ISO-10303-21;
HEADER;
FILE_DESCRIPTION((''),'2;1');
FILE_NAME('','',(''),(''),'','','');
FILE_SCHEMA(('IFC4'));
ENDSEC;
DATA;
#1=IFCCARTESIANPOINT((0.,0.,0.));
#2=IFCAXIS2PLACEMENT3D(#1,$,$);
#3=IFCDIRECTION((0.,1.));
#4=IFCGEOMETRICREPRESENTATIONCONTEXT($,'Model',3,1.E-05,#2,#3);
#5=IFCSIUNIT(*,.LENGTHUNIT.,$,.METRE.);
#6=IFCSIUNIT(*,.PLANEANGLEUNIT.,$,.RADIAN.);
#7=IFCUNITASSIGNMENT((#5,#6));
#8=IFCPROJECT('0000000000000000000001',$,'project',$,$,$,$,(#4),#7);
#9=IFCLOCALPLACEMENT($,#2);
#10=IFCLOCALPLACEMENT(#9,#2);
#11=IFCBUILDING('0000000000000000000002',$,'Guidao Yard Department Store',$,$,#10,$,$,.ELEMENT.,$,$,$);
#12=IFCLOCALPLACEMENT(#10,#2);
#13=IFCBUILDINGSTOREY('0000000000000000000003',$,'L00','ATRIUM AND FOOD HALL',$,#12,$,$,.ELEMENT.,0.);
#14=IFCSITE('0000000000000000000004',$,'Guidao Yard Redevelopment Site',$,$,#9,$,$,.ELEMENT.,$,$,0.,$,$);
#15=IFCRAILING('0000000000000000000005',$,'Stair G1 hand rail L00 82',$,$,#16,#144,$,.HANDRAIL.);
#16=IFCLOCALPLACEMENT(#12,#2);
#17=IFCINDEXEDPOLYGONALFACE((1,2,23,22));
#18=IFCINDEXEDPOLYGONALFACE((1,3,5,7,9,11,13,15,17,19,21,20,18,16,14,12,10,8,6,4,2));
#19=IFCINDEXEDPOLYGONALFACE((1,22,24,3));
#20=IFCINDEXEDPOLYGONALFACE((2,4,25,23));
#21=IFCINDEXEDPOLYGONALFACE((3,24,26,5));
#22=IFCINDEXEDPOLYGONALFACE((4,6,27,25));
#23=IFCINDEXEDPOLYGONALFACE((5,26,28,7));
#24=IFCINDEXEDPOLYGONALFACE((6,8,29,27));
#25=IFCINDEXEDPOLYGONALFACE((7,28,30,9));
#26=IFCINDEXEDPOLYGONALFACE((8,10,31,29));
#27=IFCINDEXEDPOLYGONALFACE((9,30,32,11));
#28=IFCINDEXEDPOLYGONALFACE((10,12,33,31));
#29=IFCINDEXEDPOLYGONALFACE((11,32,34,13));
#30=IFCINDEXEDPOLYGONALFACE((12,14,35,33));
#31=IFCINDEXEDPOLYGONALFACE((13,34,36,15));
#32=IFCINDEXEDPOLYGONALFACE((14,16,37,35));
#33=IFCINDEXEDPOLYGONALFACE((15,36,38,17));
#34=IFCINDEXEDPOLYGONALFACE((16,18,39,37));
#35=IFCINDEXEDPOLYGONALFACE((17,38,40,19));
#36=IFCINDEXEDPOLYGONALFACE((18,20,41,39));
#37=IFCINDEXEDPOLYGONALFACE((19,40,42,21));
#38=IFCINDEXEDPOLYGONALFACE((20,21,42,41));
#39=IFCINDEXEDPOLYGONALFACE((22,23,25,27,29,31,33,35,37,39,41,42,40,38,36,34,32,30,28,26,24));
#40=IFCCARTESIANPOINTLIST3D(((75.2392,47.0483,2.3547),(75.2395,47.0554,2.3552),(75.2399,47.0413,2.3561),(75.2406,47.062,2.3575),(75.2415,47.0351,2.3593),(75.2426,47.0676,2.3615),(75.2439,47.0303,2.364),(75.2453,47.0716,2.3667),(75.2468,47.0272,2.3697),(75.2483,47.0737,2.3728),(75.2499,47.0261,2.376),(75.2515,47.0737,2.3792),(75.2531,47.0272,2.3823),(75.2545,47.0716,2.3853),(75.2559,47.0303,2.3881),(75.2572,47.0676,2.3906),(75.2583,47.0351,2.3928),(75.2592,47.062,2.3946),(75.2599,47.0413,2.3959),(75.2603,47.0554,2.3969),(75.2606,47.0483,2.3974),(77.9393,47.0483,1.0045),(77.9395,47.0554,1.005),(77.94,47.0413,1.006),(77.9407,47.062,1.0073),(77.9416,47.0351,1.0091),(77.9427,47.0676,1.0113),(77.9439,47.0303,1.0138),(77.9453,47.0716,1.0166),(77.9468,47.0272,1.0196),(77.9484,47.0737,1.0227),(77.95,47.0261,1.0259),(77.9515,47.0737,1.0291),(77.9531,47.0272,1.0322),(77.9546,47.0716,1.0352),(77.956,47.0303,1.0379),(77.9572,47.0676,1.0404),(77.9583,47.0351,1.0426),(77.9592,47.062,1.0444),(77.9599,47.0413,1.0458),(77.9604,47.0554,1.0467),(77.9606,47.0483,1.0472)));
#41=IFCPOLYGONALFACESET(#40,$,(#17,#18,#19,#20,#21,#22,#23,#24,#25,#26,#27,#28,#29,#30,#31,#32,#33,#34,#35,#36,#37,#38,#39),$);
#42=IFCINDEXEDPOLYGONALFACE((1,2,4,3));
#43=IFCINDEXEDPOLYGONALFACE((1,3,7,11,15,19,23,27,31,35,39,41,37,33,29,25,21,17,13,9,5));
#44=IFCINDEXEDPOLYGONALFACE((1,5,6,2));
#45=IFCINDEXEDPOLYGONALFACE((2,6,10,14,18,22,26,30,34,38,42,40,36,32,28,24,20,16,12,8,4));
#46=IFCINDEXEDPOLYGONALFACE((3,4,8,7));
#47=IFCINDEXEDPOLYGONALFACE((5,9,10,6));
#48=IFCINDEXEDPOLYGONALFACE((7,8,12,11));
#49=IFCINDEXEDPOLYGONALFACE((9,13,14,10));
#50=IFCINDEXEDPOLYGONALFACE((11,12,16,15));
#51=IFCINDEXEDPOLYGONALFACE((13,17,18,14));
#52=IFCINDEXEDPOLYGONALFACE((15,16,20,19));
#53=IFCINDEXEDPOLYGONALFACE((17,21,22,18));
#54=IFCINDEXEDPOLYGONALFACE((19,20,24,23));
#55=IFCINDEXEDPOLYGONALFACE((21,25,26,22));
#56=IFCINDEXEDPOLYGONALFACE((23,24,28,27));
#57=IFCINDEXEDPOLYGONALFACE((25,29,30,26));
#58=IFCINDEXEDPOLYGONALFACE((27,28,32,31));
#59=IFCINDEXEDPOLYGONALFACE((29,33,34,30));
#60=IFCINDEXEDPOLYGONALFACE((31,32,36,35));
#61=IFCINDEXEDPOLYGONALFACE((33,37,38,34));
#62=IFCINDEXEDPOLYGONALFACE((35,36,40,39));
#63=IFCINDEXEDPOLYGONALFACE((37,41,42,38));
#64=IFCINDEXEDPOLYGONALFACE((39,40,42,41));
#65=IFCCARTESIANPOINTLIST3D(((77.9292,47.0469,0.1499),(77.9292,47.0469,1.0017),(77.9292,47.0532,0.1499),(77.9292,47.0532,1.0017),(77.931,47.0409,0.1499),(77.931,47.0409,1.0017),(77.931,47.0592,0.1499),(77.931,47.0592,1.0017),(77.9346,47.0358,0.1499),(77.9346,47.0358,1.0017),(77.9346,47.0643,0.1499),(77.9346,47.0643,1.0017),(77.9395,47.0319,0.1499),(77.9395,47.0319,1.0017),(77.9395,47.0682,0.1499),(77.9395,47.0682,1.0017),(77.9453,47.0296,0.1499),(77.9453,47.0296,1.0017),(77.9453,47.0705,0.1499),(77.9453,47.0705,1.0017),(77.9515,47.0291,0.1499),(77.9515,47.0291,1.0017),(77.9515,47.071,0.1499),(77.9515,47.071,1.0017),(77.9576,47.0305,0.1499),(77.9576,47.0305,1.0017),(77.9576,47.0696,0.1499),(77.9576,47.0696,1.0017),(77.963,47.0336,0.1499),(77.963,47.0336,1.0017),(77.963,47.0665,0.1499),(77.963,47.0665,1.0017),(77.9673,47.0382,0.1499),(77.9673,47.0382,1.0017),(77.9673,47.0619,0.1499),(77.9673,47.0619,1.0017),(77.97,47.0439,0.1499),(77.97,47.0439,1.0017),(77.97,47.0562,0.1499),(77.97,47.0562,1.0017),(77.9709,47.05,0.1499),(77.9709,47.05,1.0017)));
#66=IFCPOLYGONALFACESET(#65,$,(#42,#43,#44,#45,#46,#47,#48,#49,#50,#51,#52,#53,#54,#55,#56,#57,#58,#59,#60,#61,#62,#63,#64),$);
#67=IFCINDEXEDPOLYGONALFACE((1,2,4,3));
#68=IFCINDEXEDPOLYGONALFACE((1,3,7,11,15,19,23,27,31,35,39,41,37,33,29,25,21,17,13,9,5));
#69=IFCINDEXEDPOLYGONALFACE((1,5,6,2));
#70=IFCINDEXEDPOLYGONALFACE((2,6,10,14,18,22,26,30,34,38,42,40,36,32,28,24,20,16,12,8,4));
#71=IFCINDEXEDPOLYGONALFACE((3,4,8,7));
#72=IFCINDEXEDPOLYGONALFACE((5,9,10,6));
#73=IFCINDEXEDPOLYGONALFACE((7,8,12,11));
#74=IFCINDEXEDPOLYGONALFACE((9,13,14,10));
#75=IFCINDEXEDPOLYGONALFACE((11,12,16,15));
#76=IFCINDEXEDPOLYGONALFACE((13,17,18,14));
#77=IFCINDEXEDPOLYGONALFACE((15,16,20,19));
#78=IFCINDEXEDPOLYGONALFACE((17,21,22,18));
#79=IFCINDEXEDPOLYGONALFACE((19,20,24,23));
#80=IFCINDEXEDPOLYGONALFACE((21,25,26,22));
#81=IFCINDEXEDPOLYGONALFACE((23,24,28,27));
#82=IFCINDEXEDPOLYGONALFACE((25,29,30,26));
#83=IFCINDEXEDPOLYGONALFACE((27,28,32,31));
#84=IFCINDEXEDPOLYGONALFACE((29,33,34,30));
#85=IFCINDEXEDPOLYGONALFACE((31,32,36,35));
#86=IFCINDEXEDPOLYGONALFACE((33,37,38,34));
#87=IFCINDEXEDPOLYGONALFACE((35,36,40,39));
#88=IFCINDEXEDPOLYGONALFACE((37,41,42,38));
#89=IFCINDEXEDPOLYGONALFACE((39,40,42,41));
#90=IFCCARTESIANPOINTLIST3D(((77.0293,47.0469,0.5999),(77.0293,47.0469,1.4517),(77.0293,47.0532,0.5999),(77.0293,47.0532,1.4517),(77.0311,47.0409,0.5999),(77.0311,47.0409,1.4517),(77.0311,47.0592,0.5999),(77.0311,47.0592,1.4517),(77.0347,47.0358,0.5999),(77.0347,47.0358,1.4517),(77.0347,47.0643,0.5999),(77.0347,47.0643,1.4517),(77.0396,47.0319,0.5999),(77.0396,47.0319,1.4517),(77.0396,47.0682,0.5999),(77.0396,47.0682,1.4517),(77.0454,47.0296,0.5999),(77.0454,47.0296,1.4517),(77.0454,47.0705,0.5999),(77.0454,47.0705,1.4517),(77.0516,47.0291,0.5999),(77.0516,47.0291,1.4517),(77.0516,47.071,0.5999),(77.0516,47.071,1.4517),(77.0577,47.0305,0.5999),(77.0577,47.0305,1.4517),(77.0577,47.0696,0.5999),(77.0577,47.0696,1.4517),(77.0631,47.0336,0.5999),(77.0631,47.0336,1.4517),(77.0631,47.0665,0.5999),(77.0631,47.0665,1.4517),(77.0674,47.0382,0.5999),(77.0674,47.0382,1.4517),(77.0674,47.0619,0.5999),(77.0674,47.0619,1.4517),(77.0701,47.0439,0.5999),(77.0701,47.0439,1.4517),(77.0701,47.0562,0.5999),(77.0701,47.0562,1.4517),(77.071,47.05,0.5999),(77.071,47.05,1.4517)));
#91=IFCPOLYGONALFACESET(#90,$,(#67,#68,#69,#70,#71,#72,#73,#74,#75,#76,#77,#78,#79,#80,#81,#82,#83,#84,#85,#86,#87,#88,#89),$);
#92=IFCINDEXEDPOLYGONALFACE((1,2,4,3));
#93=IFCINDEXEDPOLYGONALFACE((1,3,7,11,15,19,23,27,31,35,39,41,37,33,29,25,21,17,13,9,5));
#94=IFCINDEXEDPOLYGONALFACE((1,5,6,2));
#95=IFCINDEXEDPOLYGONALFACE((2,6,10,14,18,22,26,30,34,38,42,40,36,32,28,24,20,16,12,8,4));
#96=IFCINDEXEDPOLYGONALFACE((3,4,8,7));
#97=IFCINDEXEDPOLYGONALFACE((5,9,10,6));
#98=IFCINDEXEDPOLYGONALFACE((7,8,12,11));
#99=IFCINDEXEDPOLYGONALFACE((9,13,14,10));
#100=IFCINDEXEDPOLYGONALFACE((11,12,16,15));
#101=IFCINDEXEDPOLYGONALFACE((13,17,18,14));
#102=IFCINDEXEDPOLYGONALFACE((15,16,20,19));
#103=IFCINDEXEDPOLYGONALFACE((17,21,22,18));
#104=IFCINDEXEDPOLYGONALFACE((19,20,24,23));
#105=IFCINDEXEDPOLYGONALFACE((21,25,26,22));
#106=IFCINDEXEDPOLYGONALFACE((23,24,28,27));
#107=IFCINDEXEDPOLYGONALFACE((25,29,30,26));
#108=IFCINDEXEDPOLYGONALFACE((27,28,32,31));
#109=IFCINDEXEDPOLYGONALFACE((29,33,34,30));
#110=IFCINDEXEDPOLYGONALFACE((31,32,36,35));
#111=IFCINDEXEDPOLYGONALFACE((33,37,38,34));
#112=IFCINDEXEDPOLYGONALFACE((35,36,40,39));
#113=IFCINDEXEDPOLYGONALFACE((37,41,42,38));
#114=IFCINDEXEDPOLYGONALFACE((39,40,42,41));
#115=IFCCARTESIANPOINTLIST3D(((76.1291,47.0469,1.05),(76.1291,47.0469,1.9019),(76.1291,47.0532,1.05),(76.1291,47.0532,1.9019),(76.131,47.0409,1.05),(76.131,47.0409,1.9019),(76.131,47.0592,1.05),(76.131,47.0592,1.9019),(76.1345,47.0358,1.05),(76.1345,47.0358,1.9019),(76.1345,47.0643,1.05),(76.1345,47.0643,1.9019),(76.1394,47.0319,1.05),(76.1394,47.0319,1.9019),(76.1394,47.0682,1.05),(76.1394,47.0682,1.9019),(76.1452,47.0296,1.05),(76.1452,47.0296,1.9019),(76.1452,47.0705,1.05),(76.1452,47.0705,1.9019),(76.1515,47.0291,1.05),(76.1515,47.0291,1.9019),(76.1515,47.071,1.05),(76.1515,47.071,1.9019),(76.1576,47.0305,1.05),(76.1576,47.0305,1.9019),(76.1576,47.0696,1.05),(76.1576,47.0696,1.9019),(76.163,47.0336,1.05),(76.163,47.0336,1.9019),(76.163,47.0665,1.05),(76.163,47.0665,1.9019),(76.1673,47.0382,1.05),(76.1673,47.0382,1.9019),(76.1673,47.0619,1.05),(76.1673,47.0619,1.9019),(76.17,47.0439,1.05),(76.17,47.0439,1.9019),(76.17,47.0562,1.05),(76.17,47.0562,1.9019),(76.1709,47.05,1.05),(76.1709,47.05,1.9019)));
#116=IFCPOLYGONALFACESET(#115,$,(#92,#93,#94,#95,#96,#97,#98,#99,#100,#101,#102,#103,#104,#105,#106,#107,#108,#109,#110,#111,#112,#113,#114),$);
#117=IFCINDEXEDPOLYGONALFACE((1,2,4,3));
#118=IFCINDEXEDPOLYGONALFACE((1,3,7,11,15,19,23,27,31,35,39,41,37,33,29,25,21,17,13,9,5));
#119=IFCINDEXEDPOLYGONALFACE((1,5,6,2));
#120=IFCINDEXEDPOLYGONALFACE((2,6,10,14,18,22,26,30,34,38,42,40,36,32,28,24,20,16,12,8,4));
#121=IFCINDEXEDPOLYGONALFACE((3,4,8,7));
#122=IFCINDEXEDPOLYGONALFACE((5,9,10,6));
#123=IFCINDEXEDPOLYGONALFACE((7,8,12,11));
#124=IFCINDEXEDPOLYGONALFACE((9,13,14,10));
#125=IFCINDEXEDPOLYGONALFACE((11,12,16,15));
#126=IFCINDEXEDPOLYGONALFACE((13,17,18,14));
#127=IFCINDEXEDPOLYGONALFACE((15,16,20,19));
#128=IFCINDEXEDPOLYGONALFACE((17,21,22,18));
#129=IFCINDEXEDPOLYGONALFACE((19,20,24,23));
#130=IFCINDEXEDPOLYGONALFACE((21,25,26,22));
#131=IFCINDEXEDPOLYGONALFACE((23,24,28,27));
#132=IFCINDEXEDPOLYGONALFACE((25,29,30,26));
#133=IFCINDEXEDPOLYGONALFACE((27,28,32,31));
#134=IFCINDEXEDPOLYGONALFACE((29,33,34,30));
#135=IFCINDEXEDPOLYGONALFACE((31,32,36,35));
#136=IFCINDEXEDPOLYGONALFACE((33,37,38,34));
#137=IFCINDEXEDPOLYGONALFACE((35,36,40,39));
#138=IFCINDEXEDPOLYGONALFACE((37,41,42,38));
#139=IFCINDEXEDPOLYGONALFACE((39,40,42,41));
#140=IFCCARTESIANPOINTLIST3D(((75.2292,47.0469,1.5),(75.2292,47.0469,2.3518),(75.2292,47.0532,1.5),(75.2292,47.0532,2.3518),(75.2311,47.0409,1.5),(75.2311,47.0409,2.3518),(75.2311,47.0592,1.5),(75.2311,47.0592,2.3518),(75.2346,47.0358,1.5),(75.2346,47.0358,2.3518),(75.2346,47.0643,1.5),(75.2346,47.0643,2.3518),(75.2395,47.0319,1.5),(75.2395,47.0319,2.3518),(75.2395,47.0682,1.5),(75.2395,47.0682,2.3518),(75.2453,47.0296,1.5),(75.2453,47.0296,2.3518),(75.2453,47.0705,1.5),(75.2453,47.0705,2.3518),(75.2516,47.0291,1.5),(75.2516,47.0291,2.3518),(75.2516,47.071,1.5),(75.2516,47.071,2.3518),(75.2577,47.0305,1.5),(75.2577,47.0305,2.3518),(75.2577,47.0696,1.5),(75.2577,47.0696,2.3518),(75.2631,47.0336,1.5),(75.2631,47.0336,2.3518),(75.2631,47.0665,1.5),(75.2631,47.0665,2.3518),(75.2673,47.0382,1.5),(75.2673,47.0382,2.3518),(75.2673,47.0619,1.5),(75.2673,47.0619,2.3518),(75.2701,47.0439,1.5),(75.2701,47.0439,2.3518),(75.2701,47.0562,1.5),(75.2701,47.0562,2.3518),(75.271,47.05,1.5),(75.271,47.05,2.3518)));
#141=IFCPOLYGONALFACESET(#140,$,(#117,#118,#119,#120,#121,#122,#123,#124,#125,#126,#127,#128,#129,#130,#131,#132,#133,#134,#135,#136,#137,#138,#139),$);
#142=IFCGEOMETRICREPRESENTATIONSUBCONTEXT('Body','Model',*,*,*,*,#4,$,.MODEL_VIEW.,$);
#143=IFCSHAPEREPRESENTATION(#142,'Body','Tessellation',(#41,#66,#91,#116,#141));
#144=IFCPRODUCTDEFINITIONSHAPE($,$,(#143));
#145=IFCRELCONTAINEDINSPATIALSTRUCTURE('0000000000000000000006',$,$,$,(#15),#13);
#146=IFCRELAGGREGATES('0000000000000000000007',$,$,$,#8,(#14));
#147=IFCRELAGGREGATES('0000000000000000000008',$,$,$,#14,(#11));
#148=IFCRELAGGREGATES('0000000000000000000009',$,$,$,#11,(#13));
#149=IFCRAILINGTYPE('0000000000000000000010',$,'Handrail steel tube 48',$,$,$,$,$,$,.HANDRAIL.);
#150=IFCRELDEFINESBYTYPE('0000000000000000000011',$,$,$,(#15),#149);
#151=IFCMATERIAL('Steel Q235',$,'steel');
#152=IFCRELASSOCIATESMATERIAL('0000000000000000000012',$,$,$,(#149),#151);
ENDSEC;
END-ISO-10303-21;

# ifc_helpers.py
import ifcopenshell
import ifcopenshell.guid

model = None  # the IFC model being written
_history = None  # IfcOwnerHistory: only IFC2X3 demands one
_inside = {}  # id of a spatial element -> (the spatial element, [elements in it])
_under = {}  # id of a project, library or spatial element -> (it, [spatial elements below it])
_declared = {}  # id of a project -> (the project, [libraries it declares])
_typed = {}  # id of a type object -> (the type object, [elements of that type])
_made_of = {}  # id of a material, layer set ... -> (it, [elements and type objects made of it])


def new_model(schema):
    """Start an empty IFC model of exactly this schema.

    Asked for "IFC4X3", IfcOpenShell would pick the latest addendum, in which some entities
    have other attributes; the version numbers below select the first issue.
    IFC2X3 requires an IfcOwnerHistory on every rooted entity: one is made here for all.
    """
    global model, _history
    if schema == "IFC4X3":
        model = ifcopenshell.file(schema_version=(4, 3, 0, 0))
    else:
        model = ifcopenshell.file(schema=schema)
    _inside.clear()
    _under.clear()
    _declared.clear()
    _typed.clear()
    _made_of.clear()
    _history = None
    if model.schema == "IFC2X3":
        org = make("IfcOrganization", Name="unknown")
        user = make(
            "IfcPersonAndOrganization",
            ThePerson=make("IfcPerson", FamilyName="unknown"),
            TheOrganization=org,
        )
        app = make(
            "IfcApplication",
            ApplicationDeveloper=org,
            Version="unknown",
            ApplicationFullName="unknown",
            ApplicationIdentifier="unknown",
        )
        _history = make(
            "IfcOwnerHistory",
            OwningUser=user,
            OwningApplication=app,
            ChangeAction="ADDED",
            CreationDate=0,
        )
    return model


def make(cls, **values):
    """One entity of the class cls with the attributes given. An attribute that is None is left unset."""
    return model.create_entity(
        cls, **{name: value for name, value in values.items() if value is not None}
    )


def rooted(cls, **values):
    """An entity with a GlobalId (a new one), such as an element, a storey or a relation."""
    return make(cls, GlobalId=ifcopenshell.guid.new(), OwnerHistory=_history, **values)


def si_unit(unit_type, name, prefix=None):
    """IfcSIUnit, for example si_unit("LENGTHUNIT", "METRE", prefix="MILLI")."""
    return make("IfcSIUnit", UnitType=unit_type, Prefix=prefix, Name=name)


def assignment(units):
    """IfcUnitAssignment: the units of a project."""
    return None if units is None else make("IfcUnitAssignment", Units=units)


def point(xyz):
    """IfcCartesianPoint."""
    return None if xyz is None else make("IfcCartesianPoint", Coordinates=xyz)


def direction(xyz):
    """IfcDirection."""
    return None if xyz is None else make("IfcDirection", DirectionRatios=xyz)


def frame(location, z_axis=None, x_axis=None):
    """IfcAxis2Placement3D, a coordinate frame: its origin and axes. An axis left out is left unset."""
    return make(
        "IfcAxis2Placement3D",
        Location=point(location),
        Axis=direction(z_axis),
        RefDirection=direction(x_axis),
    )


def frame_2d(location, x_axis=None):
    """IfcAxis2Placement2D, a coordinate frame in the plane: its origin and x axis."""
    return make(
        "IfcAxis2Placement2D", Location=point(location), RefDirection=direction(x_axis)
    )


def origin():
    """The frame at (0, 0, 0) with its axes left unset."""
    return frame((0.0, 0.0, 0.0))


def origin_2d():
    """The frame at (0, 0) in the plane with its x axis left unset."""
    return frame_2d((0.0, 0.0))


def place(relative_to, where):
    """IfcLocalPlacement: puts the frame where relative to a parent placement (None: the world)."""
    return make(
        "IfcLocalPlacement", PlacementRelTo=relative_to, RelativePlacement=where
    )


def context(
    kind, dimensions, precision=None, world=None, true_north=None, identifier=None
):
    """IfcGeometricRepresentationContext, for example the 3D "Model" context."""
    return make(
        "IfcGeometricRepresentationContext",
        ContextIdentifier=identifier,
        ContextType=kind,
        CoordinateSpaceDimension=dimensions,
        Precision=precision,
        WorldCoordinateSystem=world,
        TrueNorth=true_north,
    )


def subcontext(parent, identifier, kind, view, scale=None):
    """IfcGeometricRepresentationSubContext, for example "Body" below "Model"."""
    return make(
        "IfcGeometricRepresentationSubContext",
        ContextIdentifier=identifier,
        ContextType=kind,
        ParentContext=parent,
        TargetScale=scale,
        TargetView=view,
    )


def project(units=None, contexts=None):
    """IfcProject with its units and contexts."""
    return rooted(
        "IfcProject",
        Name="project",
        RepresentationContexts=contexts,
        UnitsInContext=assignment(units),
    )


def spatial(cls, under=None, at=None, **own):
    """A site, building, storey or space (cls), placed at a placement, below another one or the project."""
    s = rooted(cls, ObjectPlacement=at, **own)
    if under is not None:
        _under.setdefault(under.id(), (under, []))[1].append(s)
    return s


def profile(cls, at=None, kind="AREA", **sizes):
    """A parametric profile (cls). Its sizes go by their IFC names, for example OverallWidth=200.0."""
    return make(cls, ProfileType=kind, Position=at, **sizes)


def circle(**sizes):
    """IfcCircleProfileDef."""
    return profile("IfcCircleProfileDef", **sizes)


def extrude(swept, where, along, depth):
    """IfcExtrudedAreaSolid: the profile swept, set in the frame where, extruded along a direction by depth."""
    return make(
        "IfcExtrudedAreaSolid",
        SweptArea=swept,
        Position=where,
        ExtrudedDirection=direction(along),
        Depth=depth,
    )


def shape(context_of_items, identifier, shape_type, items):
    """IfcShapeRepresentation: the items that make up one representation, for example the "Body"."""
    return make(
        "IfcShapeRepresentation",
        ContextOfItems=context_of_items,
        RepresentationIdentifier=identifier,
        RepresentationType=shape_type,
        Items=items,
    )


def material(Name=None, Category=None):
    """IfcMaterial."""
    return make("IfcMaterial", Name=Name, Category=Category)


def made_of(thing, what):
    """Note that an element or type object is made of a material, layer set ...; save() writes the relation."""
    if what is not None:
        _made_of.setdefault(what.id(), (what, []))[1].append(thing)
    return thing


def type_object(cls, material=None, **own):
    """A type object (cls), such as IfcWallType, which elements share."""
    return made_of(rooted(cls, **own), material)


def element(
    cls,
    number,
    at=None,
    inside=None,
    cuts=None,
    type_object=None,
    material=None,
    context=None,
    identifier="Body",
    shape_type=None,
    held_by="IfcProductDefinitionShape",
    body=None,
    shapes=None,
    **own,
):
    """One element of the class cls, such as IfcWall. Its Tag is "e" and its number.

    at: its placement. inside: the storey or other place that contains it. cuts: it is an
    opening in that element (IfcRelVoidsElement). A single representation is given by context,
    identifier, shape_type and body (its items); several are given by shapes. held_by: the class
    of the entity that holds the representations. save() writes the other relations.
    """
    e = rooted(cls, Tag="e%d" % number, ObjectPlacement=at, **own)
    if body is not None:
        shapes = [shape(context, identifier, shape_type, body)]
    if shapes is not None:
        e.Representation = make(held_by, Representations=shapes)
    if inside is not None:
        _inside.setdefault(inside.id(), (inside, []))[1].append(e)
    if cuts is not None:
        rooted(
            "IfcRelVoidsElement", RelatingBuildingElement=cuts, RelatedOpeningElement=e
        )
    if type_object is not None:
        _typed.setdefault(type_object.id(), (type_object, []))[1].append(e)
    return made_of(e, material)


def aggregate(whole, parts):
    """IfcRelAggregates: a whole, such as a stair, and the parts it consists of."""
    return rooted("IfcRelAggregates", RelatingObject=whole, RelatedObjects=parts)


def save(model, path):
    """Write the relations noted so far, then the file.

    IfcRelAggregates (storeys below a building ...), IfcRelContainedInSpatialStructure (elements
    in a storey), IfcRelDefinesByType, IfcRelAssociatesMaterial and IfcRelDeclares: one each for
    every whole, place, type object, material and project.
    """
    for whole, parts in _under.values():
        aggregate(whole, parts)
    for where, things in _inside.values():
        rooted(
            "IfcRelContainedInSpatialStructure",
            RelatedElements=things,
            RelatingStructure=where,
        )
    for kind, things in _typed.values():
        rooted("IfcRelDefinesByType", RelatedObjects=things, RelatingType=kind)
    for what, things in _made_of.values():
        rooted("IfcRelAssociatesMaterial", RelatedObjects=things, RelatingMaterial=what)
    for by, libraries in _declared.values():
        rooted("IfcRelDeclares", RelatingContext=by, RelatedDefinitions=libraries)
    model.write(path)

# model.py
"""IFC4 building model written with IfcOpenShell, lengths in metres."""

from ifc_helpers import new_model, si_unit, direction, frame, origin, origin_2d, place, context, subcontext, project, spatial, circle, extrude, material, type_object, element, save


model = new_model("IFC4")

# Units and contexts
model_context = context("Model", 3, precision=1e-05, world=origin(), true_north=direction((0.0, 1.0)))
body_context = subcontext(model_context, "Body", "Model", "MODEL_VIEW")
ifc_project = project(units=[si_unit("LENGTHUNIT", "METRE"), si_unit("PLANEANGLEUNIT", "RADIAN")], contexts=[model_context])

# Site, building, storey
site_placement = place(None, origin())
site = spatial("IfcSite", under=ifc_project, at=site_placement, Name="Guidao Yard Redevelopment Site", CompositionType="ELEMENT", RefElevation=0.0)
building_placement = place(site_placement, origin())
building = spatial("IfcBuilding", under=site, at=building_placement, Name="Guidao Yard Department Store", CompositionType="ELEMENT")
storey_placement = place(building_placement, origin())
storey = spatial("IfcBuildingStorey", under=building, at=storey_placement, Name="L00", Description="ATRIUM AND FOOD HALL", CompositionType="ELEMENT", Elevation=0.0)

# Railing
ifc_material_1 = material(Name="Steel Q235", Category="steel")
railing_type = type_object("IfcRailingType", Name="Handrail steel tube 48", PredefinedType="HANDRAIL", material=ifc_material_1)
for number, where, name in (
    (1, (77.95, 47.05, 0.1499), "Stair G1 hand rail L00 82"),
):
    element("IfcRailing", number, at=place(storey_placement, frame(where)), inside=storey, type_object=railing_type, Name=name, PredefinedType="HANDRAIL", context=body_context, shape_type="SweptSolid", body=[
        extrude(circle(Radius=0.0239, at=origin_2d()), frame((0.0, 0.0, 0.876), z_axis=(-0.894411, 0.0, 0.447246), x_axis=(0.0, -1.0, 0.0)), (0.0, 0.0, 1.0), 3.0188),
        extrude(circle(Radius=0.021, at=origin_2d()), origin(), (0.0, 0.0, 1.0), 0.8518),
        extrude(circle(Radius=0.021, at=origin_2d()), frame((-0.8999, 0.0, 0.45)), (0.0, 0.0, 1.0), 0.8518),
        extrude(circle(Radius=0.021, at=origin_2d()), frame((-1.8, 0.0, 0.9001)), (0.0, 0.0, 1.0), 0.8518),
        extrude(circle(Radius=0.021, at=origin_2d()), frame((-2.7, 0.0, 1.3501)), (0.0, 0.0, 1.0), 0.8518),
    ])

save(model, "model.ifc")
